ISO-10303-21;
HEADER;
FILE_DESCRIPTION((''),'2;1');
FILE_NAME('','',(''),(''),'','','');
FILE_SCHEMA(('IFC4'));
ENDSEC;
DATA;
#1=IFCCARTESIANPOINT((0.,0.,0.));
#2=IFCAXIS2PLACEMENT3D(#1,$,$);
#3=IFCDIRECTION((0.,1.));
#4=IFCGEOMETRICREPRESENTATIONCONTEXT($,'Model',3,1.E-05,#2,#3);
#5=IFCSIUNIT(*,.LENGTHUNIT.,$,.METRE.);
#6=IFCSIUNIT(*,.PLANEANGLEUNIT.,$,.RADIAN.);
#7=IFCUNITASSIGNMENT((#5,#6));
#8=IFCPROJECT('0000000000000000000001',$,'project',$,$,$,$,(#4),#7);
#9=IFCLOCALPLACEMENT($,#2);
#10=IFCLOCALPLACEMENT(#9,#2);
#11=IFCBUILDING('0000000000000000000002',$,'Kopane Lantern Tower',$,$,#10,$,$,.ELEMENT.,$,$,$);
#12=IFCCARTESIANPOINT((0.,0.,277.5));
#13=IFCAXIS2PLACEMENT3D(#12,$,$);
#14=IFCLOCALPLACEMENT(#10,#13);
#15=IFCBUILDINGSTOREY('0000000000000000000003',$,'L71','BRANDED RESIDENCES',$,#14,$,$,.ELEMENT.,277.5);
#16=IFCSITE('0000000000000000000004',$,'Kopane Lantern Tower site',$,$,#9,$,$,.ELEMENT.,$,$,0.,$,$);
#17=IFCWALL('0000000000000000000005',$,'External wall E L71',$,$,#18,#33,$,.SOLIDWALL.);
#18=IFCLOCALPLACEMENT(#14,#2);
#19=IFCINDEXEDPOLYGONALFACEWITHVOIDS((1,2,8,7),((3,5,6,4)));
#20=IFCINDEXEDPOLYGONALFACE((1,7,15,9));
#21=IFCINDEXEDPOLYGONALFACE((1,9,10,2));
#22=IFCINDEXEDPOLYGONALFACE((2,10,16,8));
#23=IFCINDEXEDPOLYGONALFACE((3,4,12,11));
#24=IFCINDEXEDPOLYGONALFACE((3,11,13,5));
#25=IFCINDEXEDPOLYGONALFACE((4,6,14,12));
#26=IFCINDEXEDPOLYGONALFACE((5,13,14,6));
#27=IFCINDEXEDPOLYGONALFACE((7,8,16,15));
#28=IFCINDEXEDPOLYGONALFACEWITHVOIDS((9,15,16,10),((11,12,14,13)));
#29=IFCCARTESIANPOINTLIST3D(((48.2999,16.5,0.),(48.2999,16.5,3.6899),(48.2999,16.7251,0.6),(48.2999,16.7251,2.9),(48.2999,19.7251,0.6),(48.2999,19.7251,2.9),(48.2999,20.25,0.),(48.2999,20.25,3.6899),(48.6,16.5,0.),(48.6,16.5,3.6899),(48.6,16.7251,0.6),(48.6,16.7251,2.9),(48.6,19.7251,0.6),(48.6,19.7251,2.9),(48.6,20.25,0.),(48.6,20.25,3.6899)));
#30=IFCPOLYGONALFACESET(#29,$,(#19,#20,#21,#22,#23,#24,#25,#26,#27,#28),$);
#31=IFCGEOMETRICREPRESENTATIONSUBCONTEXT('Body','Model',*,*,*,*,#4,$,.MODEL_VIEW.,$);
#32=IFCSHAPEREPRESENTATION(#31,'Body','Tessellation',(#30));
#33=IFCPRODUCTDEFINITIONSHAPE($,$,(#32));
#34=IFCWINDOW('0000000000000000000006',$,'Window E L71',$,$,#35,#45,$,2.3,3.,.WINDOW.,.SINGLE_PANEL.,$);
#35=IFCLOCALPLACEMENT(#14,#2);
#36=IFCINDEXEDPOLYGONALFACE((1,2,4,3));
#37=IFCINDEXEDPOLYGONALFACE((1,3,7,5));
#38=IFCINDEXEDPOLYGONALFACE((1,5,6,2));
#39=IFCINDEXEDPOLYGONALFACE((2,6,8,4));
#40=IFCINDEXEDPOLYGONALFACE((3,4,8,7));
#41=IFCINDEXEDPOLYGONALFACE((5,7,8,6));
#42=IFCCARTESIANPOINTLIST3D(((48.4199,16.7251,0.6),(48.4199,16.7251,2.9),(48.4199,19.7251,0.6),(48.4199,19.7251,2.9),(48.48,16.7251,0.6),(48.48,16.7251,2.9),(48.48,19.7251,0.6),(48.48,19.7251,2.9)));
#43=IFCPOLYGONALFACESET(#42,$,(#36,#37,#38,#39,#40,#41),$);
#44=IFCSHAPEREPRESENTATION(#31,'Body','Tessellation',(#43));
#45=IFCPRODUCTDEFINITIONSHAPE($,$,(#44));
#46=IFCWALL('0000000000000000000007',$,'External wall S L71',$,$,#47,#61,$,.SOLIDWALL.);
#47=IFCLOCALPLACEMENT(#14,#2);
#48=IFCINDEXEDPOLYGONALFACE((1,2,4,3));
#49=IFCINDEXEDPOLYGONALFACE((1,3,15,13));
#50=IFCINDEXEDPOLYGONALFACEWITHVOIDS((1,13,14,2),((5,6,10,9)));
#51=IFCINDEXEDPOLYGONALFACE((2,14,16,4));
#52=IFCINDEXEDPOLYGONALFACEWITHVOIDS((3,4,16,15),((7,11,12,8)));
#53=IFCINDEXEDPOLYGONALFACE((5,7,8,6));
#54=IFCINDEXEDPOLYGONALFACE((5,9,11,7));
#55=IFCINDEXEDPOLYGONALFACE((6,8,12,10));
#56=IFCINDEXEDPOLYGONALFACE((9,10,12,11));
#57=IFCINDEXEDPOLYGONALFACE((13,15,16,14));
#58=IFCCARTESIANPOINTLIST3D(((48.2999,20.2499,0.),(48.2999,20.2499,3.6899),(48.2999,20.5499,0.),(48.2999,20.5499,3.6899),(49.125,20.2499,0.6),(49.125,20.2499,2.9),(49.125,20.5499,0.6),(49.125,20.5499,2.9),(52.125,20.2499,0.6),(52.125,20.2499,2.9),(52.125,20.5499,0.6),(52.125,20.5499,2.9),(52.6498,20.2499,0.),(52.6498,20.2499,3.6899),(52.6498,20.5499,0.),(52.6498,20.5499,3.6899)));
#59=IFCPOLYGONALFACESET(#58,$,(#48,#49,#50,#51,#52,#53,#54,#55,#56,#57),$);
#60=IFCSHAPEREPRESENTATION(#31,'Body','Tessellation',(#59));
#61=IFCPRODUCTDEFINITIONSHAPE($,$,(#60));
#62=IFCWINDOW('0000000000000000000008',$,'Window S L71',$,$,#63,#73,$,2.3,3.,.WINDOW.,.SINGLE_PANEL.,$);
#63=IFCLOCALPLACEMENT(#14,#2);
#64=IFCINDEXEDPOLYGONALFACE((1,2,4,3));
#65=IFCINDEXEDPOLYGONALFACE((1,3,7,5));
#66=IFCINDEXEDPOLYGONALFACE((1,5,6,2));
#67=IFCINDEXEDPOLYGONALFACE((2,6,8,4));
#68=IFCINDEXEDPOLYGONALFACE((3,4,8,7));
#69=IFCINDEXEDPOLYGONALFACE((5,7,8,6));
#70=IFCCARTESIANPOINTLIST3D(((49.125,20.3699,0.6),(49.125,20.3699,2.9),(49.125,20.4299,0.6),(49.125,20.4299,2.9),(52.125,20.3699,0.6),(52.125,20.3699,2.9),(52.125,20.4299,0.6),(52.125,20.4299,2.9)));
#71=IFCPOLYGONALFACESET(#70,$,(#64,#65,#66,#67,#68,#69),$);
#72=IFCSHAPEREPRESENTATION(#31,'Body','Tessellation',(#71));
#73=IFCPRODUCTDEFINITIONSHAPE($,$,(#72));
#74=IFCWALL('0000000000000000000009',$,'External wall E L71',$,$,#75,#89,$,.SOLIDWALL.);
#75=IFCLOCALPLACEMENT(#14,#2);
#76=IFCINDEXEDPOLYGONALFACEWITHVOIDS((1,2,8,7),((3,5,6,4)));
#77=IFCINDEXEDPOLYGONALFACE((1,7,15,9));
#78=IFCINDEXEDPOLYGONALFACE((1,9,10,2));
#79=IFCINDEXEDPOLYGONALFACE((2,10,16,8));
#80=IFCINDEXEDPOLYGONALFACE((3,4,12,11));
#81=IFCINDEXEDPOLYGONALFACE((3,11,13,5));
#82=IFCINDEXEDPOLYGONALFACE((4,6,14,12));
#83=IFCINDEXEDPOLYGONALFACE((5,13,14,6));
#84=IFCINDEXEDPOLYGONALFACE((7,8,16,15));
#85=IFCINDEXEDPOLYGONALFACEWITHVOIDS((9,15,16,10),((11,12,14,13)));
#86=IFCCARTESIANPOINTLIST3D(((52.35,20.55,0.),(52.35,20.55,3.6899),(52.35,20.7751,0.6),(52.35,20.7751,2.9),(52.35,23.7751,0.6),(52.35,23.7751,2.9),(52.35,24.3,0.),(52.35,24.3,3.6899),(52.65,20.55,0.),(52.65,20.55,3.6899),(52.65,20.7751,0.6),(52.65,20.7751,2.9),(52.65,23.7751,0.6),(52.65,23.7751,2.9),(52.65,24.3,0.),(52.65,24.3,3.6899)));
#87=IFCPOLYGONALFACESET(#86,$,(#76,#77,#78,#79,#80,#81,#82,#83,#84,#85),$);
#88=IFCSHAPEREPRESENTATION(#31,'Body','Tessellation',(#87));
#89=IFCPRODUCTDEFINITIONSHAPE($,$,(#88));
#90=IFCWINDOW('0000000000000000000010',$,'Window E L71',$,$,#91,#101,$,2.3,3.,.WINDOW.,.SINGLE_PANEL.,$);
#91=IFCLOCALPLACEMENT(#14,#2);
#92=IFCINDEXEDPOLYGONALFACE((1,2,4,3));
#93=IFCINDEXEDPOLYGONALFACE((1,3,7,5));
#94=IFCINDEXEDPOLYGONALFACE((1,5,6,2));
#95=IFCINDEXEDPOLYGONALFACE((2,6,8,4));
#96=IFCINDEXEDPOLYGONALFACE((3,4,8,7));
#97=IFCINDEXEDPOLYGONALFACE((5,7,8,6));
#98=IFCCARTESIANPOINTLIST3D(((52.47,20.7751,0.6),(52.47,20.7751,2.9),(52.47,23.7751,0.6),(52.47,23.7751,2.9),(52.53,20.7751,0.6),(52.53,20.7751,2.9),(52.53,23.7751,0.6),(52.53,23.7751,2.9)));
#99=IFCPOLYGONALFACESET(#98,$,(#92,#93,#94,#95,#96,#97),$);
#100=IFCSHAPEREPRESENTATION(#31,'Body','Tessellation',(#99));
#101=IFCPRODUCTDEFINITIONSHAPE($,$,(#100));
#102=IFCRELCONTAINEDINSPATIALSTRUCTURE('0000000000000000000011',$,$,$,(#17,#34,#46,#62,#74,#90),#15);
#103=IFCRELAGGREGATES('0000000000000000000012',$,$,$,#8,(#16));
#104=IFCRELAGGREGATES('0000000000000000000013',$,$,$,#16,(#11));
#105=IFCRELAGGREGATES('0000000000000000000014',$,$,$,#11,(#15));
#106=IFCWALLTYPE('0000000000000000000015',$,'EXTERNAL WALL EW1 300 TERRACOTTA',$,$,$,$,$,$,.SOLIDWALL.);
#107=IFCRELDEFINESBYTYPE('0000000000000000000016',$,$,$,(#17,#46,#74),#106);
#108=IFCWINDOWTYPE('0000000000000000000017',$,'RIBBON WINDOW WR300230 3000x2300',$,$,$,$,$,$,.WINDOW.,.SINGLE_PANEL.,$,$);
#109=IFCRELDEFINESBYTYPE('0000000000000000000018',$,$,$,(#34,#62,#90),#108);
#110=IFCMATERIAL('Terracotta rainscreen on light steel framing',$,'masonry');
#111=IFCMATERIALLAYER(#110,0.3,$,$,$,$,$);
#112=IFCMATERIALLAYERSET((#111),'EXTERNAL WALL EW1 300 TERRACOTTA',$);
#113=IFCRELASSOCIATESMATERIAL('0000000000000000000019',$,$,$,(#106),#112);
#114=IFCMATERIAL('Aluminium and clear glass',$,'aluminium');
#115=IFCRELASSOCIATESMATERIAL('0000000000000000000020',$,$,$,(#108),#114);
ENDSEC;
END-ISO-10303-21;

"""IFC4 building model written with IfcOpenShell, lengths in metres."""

from ifc_helpers import new_model, si_unit, direction, frame, frame_2d, origin, place, context, subcontext, project, spatial, rectangle, extrude, material, layer, layer_set, type_object, element, fill, save


model = new_model("IFC4")

# Units and contexts
model_context = context("Model", 3, precision=1e-05, world=origin(), true_north=direction((0.0, 1.0)))
body_context = subcontext(model_context, "Body", "Model", "MODEL_VIEW")
ifc_project = project(units=[si_unit("LENGTHUNIT", "METRE"), si_unit("PLANEANGLEUNIT", "RADIAN")], contexts=[model_context])

# Site, building, storey
site_placement = place(None, origin())
site = spatial("IfcSite", under=ifc_project, at=site_placement, Name="Kopane Lantern Tower site", CompositionType="ELEMENT", RefElevation=0.0)
building_placement = place(site_placement, origin())
building = spatial("IfcBuilding", under=site, at=building_placement, Name="Kopane Lantern Tower", CompositionType="ELEMENT")
storey_placement = place(building_placement, frame((0.0, 0.0, 277.5)))
storey = spatial("IfcBuildingStorey", under=building, at=storey_placement, Name="L71", Description="BRANDED RESIDENCES", CompositionType="ELEMENT", Elevation=277.5)

# Walls, openings, windows
ifc_material_1 = material(Name="Terracotta rainscreen on light steel framing", Category="masonry")
ifc_layer = layer(ifc_material_1, 0.3)
ifc_layer_set = layer_set([ifc_layer], Name="EXTERNAL WALL EW1 300 TERRACOTTA")
wall_type = type_object("IfcWallType", Name="EXTERNAL WALL EW1 300 TERRACOTTA", PredefinedType="SOLIDWALL", material=ifc_layer_set)
wall_1_placement = place(storey_placement, frame((48.45, 16.5, 0.0), z_axis=(0.0, 0.0, 1.0), x_axis=(0.0, 1.0, 0.0)))
wall_1 = element("IfcWall", 1, at=wall_1_placement, inside=storey, type_object=wall_type, Name="External wall E L71", PredefinedType="SOLIDWALL", context=body_context, shape_type="SweptSolid", body=[
    extrude(rectangle(XDim=3.75, YDim=0.3, at=frame_2d((1.875, 0.0))), origin(), (0.0, 0.0, 1.0), 3.6899),
])
opening_1_placement = place(wall_1_placement, frame((0.2251, 0.0, 0.6001)))
opening_1 = element("IfcOpeningElement", 2, at=opening_1_placement, cuts=wall_1, PredefinedType="OPENING", context=body_context, shape_type="SweptSolid", body=[
    extrude(rectangle(XDim=3.0, YDim=2.3, at=frame_2d((1.5, 1.1499))), frame((0.0, 0.1599, 0.0), z_axis=(0.0, -1.0, 0.0), x_axis=(1.0, 0.0, 0.0)), (0.0, 0.0, 1.0), 0.3201),
])
ifc_material_2 = material(Name="Aluminium and clear glass", Category="aluminium")
window_type = type_object("IfcWindowType", Name="RIBBON WINDOW WR300230 3000x2300", PartitioningType="SINGLE_PANEL", PredefinedType="WINDOW", material=ifc_material_2)
window_1_placement = place(opening_1_placement, origin())
window_1 = element("IfcWindow", 3, at=window_1_placement, inside=storey, type_object=window_type, Name="Window E L71", OverallHeight=2.3, OverallWidth=3.0, PartitioningType="SINGLE_PANEL", PredefinedType="WINDOW", context=body_context, shape_type="SweptSolid", body=[
    extrude(rectangle(XDim=3.0, YDim=2.3, at=frame_2d((1.5, 1.1499))), frame((0.0, 0.03, 0.0), z_axis=(0.0, -1.0, 0.0), x_axis=(1.0, 0.0, 0.0)), (0.0, 0.0, 1.0), 0.0601),
])
fill(opening_1, window_1)
wall_2_placement = place(storey_placement, frame((48.3, 20.3999, 0.0), z_axis=(0.0, 0.0, 1.0), x_axis=(1.0, 0.0, 0.0)))
wall_2 = element("IfcWall", 4, at=wall_2_placement, inside=storey, type_object=wall_type, Name="External wall S L71", PredefinedType="SOLIDWALL", context=body_context, shape_type="SweptSolid", body=[
    extrude(rectangle(XDim=4.3499, YDim=0.3, at=frame_2d((2.1748, 0.0))), origin(), (0.0, 0.0, 1.0), 3.6899),
])
opening_2_placement = place(wall_2_placement, frame((0.825, 0.0, 0.6001)))
opening_2 = element("IfcOpeningElement", 5, at=opening_2_placement, cuts=wall_2, PredefinedType="OPENING", context=body_context, shape_type="SweptSolid", body=[
    extrude(rectangle(XDim=3.0, YDim=2.3, at=frame_2d((1.5, 1.1499))), frame((0.0, 0.1599, 0.0), z_axis=(0.0, -1.0, 0.0), x_axis=(1.0, 0.0, 0.0)), (0.0, 0.0, 1.0), 0.3201),
])
window_2_placement = place(opening_2_placement, origin())
window_2 = element("IfcWindow", 6, at=window_2_placement, inside=storey, type_object=window_type, Name="Window S L71", OverallHeight=2.3, OverallWidth=3.0, PartitioningType="SINGLE_PANEL", PredefinedType="WINDOW", context=body_context, shape_type="SweptSolid", body=[
    extrude(rectangle(XDim=3.0, YDim=2.3, at=frame_2d((1.5, 1.1499))), frame((0.0, 0.03, 0.0), z_axis=(0.0, -1.0, 0.0), x_axis=(1.0, 0.0, 0.0)), (0.0, 0.0, 1.0), 0.0601),
])
fill(opening_2, window_2)
wall_3_placement = place(storey_placement, frame((52.5, 20.55, 0.0), z_axis=(0.0, 0.0, 1.0), x_axis=(0.0, 1.0, 0.0)))
wall_3 = element("IfcWall", 7, at=wall_3_placement, inside=storey, type_object=wall_type, Name="External wall E L71", PredefinedType="SOLIDWALL", context=body_context, shape_type="SweptSolid", body=[
    extrude(rectangle(XDim=3.75, YDim=0.3, at=frame_2d((1.875, 0.0))), origin(), (0.0, 0.0, 1.0), 3.6899),
])
opening_3_placement = place(wall_3_placement, frame((0.2251, 0.0, 0.6001)))
opening_3 = element("IfcOpeningElement", 8, at=opening_3_placement, cuts=wall_3, PredefinedType="OPENING", context=body_context, shape_type="SweptSolid", body=[
    extrude(rectangle(XDim=3.0, YDim=2.3, at=frame_2d((1.5, 1.1499))), frame((0.0, 0.1599, 0.0), z_axis=(0.0, -1.0, 0.0), x_axis=(1.0, 0.0, 0.0)), (0.0, 0.0, 1.0), 0.3201),
])
window_3_placement = place(opening_3_placement, origin())
window_3 = element("IfcWindow", 9, at=window_3_placement, inside=storey, type_object=window_type, Name="Window E L71", OverallHeight=2.3, OverallWidth=3.0, PartitioningType="SINGLE_PANEL", PredefinedType="WINDOW", context=body_context, shape_type="SweptSolid", body=[
    extrude(rectangle(XDim=3.0, YDim=2.3, at=frame_2d((1.5, 1.1499))), frame((0.0, 0.03, 0.0), z_axis=(0.0, -1.0, 0.0), x_axis=(1.0, 0.0, 0.0)), (0.0, 0.0, 1.0), 0.0601),
])
fill(opening_3, window_3)

save(model, "model.ifc")
